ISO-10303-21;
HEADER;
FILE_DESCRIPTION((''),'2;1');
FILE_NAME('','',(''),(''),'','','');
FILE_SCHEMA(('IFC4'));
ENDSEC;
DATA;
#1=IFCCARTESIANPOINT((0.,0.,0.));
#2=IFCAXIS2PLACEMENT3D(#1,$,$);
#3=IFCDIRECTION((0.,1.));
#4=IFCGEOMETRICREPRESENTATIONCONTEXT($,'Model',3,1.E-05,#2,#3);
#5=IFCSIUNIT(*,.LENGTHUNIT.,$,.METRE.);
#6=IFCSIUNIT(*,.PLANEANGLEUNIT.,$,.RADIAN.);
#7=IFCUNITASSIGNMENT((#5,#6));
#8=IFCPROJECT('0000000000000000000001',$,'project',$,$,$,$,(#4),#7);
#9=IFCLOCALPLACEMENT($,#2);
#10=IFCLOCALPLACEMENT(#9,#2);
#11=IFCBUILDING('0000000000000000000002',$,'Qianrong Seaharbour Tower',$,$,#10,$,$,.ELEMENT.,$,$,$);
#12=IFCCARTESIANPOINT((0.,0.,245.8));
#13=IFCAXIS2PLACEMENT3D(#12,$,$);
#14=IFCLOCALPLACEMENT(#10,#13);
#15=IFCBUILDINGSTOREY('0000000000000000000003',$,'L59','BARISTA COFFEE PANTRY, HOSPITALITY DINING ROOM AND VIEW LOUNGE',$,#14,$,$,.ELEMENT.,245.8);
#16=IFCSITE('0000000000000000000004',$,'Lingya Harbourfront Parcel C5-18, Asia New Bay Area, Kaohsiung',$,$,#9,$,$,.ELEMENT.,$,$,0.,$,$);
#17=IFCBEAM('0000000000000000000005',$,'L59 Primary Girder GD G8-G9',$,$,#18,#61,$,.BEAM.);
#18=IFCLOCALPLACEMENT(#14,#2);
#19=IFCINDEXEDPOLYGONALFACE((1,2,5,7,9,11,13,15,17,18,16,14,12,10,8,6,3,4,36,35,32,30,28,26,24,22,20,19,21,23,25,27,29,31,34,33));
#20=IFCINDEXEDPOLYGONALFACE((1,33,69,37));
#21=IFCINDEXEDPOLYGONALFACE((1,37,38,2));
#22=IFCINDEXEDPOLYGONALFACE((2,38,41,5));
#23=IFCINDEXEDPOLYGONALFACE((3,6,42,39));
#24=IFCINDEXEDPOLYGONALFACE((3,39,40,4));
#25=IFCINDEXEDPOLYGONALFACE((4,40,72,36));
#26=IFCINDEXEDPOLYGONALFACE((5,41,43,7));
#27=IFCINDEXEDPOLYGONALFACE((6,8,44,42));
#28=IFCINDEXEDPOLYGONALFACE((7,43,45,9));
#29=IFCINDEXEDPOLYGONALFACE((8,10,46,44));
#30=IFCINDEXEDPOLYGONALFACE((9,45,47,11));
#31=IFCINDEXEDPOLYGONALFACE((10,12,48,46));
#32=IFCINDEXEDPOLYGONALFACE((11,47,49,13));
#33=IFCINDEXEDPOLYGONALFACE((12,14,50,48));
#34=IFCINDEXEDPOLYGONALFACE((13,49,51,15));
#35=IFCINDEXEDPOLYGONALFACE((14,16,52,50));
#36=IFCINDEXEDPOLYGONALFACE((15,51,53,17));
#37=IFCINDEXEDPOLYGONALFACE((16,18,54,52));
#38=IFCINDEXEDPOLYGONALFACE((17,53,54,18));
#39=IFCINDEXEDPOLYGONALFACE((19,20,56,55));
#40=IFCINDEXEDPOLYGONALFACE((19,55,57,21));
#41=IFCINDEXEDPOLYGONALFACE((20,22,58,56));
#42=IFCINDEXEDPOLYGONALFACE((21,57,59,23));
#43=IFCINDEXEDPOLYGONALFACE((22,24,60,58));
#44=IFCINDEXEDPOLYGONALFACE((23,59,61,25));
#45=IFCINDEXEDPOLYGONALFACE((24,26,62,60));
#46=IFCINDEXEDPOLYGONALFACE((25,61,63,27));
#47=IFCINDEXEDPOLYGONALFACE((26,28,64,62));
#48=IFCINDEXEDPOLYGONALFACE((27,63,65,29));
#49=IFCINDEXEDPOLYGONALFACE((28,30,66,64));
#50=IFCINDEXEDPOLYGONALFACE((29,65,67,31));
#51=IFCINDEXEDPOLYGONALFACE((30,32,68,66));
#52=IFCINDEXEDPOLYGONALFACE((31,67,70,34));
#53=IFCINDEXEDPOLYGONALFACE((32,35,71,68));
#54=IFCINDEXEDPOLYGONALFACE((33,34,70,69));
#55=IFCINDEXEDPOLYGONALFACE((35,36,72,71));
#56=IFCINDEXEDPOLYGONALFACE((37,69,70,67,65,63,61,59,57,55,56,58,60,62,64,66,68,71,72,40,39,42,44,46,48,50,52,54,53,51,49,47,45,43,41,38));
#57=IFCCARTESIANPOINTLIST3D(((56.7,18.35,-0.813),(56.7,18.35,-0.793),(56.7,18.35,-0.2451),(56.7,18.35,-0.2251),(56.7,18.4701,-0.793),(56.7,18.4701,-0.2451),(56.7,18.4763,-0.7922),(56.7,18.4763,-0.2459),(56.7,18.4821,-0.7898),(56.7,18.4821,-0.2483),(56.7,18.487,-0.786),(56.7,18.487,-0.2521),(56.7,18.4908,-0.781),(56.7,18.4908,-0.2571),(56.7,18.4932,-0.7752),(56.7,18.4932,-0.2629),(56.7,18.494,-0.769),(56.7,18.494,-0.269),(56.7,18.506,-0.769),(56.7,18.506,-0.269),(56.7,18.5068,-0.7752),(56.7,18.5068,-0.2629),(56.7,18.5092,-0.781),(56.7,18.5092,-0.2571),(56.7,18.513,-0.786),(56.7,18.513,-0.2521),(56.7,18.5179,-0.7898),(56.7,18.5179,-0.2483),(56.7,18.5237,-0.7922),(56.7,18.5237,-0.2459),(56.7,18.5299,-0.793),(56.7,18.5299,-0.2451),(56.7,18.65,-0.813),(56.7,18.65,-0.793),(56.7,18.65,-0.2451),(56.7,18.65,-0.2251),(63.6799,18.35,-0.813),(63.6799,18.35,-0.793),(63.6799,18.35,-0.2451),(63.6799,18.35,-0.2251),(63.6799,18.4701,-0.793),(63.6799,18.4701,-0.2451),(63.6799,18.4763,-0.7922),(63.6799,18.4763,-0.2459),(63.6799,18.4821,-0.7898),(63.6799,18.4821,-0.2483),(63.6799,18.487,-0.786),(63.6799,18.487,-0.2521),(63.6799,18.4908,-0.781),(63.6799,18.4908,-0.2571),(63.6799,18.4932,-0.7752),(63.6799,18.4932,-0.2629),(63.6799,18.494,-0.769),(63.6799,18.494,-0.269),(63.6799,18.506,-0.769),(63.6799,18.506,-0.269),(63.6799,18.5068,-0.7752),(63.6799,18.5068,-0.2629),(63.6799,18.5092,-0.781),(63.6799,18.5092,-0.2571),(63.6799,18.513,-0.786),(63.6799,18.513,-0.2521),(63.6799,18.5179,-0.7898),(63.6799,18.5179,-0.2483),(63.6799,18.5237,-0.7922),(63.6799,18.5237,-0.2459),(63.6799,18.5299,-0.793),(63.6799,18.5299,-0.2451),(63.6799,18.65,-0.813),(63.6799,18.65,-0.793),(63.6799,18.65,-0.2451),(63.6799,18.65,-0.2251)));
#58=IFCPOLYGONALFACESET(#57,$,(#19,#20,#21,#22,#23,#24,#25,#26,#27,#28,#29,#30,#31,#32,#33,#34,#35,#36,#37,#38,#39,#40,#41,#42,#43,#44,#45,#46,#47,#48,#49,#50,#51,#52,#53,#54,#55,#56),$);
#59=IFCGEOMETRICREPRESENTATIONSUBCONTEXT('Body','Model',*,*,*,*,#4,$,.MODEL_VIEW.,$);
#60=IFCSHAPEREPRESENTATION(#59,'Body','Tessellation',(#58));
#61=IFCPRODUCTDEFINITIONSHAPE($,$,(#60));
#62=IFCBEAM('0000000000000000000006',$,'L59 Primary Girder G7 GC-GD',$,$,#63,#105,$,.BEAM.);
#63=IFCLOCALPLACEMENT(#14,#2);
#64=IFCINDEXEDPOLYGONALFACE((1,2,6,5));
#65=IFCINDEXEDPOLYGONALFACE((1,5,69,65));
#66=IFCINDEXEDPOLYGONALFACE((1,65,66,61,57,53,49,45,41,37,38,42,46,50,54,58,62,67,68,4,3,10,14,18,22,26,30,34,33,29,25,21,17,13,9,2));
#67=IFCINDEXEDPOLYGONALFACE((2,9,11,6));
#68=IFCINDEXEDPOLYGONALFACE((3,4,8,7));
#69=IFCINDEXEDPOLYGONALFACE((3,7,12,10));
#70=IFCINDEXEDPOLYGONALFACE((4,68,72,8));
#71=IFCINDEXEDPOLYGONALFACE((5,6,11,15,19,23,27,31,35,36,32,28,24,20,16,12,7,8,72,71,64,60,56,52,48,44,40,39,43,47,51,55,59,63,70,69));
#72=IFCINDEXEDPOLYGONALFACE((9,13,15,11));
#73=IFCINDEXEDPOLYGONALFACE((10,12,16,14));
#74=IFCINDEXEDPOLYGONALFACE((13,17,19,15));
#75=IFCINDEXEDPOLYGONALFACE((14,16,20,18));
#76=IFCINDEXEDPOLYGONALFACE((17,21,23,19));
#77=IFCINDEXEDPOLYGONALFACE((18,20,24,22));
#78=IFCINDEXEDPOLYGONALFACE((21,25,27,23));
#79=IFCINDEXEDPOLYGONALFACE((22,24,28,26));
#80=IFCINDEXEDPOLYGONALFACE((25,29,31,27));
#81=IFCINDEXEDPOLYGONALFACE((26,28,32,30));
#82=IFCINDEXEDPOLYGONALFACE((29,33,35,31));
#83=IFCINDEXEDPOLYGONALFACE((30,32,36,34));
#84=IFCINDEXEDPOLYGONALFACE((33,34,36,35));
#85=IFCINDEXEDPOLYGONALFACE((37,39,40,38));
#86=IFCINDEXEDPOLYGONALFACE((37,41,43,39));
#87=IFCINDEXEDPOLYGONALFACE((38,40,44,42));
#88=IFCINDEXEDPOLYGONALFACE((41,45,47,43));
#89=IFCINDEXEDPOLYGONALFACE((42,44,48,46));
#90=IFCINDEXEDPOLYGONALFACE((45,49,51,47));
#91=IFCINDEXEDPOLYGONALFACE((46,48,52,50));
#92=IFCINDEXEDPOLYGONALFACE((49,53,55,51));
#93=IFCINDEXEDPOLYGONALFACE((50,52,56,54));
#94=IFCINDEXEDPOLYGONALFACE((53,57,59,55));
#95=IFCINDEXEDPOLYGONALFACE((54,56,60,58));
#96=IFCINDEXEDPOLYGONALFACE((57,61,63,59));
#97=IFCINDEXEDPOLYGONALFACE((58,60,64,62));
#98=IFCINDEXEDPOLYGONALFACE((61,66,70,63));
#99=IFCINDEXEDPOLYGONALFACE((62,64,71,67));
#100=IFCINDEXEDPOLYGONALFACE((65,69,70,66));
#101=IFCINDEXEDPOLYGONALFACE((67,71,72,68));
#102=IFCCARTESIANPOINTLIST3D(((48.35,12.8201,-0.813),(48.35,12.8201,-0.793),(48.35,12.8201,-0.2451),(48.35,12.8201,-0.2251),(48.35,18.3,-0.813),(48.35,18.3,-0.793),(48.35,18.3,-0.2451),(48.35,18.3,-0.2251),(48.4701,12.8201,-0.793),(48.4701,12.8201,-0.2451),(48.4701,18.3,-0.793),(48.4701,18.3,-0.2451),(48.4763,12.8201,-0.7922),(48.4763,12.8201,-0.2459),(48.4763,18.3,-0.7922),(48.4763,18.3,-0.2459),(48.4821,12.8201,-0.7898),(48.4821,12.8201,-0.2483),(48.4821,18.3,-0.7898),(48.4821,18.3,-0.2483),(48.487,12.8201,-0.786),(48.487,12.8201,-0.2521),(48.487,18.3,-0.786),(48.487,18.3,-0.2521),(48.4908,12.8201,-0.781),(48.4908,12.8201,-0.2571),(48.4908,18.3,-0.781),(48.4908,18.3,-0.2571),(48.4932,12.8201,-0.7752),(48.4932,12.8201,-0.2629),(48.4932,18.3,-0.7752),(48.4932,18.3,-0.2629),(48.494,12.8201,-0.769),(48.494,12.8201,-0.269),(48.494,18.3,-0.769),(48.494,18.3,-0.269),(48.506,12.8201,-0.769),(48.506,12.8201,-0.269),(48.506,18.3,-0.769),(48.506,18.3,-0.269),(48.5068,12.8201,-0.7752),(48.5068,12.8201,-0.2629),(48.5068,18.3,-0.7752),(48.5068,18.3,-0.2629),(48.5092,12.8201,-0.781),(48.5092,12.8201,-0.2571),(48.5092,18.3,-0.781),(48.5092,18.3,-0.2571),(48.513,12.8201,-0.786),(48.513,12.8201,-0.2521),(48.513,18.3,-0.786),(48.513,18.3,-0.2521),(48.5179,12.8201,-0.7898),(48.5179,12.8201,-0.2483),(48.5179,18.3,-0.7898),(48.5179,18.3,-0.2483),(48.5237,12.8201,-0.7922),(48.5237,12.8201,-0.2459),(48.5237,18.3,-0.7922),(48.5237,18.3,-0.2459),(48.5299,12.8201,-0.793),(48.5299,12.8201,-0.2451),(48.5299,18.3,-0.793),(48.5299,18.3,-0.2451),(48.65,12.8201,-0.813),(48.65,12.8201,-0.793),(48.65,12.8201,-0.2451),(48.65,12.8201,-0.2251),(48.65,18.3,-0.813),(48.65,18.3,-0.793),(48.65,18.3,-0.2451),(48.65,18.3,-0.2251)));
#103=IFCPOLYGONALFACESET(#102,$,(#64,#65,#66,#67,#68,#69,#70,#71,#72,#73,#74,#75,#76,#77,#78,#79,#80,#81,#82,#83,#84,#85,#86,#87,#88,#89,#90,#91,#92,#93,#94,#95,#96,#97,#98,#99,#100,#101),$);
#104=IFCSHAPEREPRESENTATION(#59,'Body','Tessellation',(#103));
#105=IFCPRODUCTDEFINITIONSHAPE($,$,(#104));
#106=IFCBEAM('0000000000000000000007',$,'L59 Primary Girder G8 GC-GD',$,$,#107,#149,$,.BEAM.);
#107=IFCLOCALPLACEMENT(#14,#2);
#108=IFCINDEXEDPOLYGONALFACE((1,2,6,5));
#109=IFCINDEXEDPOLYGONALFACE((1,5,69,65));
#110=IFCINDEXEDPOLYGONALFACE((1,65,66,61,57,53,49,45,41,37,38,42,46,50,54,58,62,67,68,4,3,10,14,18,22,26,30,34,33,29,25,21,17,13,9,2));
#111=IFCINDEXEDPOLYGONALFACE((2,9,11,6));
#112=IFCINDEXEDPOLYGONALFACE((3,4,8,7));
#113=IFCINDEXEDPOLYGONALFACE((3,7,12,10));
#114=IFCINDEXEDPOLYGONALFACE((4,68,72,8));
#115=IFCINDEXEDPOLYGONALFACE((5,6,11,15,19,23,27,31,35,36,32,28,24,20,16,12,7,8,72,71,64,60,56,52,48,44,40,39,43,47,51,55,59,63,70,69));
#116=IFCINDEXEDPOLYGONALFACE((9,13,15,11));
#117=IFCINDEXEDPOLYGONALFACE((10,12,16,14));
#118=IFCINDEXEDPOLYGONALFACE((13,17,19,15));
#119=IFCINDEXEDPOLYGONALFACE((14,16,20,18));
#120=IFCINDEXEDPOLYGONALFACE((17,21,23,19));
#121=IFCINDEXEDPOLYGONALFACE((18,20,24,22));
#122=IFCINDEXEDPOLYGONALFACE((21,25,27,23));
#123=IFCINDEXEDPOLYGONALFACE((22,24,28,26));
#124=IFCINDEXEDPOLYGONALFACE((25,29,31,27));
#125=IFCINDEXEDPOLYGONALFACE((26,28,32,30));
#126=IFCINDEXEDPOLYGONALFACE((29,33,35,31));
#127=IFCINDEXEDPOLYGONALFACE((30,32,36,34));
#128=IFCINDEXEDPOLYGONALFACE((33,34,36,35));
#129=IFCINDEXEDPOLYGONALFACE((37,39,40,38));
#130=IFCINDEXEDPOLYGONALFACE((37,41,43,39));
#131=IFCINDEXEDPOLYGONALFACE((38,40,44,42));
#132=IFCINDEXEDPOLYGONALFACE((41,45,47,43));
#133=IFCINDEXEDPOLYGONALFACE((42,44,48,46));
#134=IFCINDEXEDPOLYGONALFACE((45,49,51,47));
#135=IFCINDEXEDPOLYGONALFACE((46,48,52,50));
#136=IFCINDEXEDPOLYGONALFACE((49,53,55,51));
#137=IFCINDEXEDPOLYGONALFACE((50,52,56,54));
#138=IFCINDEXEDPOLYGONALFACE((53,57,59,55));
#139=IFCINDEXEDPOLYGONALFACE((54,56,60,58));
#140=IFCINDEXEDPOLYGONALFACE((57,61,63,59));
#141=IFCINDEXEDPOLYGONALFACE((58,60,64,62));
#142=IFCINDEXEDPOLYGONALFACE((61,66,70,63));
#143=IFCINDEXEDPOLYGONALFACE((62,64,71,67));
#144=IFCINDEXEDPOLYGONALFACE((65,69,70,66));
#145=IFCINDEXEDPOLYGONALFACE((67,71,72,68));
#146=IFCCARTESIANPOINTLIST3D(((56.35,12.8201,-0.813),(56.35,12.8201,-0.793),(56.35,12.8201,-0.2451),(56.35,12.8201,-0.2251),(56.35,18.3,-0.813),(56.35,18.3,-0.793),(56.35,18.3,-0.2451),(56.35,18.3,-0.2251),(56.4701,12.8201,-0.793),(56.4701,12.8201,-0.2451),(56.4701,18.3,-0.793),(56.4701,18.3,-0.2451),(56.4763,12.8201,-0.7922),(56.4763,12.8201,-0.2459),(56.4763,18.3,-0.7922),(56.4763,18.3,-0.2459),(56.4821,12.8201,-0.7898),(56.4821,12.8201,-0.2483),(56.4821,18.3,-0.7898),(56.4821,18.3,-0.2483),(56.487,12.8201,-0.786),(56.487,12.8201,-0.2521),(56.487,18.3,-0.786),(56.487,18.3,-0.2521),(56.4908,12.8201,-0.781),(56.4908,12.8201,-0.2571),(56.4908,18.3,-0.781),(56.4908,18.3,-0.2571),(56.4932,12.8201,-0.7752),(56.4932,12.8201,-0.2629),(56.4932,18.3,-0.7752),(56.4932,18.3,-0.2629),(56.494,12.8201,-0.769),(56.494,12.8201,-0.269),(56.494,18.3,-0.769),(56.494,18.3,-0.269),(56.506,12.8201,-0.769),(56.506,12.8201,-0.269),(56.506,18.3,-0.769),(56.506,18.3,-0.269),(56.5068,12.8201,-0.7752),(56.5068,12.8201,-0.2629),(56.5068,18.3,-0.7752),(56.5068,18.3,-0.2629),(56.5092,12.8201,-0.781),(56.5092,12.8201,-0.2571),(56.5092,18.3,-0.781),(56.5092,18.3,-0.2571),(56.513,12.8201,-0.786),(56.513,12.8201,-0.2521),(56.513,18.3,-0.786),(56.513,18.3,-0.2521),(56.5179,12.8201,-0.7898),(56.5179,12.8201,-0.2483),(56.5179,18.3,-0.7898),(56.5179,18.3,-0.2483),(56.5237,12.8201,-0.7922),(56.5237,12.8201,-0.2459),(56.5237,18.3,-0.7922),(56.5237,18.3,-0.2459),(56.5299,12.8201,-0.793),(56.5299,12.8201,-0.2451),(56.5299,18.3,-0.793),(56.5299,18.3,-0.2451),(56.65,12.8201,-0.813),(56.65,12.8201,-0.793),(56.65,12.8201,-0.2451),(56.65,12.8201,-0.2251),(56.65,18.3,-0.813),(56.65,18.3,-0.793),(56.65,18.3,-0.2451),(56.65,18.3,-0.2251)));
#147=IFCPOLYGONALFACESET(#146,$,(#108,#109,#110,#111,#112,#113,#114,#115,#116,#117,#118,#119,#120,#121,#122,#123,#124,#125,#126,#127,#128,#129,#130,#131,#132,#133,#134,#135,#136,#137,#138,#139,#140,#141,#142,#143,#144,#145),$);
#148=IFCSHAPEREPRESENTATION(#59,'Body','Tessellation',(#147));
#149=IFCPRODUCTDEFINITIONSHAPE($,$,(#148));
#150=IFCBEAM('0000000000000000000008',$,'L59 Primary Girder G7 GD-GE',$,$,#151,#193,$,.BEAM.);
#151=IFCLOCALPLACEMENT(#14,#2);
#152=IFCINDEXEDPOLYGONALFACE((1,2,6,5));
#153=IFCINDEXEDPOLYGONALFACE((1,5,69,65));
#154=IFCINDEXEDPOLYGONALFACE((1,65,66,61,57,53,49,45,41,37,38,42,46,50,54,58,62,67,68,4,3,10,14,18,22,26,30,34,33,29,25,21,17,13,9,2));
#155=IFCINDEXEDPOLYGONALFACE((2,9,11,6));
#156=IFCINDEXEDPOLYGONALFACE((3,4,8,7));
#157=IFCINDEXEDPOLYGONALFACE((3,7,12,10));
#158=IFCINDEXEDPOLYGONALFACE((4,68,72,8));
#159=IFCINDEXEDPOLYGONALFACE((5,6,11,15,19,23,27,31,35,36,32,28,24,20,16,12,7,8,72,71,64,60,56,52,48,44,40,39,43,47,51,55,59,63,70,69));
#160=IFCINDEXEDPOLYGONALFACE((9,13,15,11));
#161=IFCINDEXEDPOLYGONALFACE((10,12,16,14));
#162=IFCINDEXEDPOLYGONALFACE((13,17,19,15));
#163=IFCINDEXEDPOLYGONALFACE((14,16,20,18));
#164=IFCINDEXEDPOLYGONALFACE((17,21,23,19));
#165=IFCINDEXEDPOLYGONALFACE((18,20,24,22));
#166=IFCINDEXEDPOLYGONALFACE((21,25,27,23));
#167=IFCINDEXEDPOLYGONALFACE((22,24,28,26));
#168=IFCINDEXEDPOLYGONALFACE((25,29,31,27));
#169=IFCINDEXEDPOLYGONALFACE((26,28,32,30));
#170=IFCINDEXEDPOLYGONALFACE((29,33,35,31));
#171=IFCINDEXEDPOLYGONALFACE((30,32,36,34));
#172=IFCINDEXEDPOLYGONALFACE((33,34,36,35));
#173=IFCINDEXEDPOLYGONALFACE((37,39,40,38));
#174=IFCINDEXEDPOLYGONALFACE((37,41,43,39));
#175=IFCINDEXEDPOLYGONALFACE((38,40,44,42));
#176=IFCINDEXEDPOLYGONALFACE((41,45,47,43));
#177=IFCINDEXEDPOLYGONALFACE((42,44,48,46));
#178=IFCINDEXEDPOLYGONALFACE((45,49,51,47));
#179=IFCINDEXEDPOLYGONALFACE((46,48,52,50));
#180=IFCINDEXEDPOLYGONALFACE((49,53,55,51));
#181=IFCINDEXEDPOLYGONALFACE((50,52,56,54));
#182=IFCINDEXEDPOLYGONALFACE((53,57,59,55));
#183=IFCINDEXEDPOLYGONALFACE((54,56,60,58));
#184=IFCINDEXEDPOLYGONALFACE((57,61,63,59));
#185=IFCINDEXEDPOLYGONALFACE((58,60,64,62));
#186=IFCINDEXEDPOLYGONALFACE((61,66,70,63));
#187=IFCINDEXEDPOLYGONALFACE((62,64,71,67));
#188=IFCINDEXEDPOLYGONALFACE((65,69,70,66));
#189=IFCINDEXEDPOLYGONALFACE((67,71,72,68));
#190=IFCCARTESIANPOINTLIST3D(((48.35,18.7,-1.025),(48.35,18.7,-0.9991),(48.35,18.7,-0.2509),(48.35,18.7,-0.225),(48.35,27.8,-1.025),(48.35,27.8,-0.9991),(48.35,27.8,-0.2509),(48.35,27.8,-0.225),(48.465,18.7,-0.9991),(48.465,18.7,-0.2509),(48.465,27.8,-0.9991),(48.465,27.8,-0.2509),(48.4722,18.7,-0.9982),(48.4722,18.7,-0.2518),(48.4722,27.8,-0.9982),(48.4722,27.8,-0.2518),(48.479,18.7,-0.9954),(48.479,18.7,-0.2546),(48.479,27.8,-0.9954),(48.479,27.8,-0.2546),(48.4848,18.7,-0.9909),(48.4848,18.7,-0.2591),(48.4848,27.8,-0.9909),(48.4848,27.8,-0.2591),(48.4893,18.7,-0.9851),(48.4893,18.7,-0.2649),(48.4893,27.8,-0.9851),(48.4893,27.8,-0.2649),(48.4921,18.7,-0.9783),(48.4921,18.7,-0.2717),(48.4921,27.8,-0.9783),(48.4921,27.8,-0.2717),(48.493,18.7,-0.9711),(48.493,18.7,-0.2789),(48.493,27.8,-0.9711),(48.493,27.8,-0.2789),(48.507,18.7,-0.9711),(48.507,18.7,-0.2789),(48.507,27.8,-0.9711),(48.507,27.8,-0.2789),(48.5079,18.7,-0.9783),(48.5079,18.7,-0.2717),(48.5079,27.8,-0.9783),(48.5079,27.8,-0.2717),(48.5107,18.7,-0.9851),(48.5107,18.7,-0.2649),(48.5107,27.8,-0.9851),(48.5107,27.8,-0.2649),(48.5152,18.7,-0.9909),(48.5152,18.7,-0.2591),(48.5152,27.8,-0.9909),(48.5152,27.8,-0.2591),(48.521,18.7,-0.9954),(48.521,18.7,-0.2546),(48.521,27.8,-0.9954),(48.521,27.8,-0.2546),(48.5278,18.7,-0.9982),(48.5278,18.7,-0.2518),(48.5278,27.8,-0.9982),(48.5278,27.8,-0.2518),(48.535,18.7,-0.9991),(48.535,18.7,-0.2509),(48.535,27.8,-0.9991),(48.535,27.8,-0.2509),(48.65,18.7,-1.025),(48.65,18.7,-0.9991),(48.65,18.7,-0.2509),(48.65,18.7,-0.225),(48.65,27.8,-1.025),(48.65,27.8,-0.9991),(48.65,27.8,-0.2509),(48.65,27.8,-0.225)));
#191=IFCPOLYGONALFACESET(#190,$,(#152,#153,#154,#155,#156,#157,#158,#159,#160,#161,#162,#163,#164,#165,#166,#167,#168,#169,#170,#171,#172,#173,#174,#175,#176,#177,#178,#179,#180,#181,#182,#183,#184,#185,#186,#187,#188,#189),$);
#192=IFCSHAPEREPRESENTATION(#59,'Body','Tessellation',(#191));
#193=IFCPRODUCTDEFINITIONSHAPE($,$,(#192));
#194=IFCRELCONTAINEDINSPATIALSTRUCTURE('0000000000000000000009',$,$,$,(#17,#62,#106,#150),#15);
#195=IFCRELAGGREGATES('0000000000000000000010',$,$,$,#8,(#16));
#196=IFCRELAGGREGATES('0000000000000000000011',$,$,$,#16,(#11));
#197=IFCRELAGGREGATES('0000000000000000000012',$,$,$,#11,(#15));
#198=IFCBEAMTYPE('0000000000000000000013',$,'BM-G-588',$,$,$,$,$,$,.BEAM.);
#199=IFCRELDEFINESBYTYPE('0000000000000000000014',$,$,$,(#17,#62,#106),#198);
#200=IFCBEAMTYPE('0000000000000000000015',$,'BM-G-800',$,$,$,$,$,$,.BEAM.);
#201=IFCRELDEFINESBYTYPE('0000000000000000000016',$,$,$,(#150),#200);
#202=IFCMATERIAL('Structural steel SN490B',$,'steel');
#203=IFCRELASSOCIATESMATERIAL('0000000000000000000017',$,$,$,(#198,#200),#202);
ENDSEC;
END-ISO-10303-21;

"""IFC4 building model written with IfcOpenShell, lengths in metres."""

from ifc_helpers import new_model, si_unit, direction, frame, origin, origin_2d, place, context, subcontext, project, spatial, i_section, extrude, material, material_profile, profile_set, type_object, element, save


model = new_model("IFC4")

# Units and contexts
model_context = context("Model", 3, precision=1e-05, world=origin(), true_north=direction((0.0, 1.0)))
body_context = subcontext(model_context, "Body", "Model", "MODEL_VIEW")
ifc_project = project(units=[si_unit("LENGTHUNIT", "METRE"), si_unit("PLANEANGLEUNIT", "RADIAN")], contexts=[model_context])

# Site, building, storey
site_placement = place(None, origin())
site = spatial("IfcSite", under=ifc_project, at=site_placement, Name="Lingya Harbourfront Parcel C5-18, Asia New Bay Area, Kaohsiung", CompositionType="ELEMENT", RefElevation=0.0)
building_placement = place(site_placement, origin())
building = spatial("IfcBuilding", under=site, at=building_placement, Name="Qianrong Seaharbour Tower", CompositionType="ELEMENT")
storey_placement = place(building_placement, frame((0.0, 0.0, 245.8)))
storey = spatial("IfcBuildingStorey", under=building, at=storey_placement, Name="L59", Description="BARISTA COFFEE PANTRY, HOSPITALITY DINING ROOM AND VIEW LOUNGE", CompositionType="ELEMENT", Elevation=245.8)

# Shared definitions
ifc_material_1 = material(Name="Structural steel SN490B", Category="steel")

# Beams
ifc_material_profile_1 = material_profile(ifc_material_1, i_section(OverallWidth=0.3, OverallDepth=0.5879, WebThickness=0.012, FlangeThickness=0.02, FilletRadius=0.0239, at=origin_2d()), Name="H588x300x12x20")
ifc_profile_set_1 = profile_set([ifc_material_profile_1], Name="Structural steel SN490B")
beam_type_1 = type_object("IfcBeamType", Name="BM-G-588", PredefinedType="BEAM", material=ifc_profile_set_1)
beam_1_placement = place(storey_placement, frame((56.7, 18.5, -0.519), z_axis=(1.0, 0.0, 0.0), x_axis=(0.0, 1.0, 0.0)))
element("IfcBeam", 1, at=beam_1_placement, inside=storey, type_object=beam_type_1, Name="L59 Primary Girder GD G8-G9", PredefinedType="BEAM", context=body_context, shape_type="SweptSolid", body=[
    extrude(i_section(OverallWidth=0.3, OverallDepth=0.5879, WebThickness=0.012, FlangeThickness=0.02, FilletRadius=0.0239, at=origin_2d()), origin(), (0.0, 0.0, 1.0), 6.98),
])
for number, where, z_axis, x_axis, name in (
    (2, (48.5, 12.8201, -0.519), (0.0, 1.0, 0.0), (-1.0, 0.0, 0.0), "L59 Primary Girder G7 GC-GD"),
    (3, (56.5, 12.8201, -0.519), (0.0, 1.0, 0.0), (-1.0, 0.0, 0.0), "L59 Primary Girder G8 GC-GD"),
):
    element("IfcBeam", number, at=place(storey_placement, frame(where, z_axis=z_axis, x_axis=x_axis)), inside=storey, type_object=beam_type_1, Name=name, PredefinedType="BEAM", context=body_context, shape_type="SweptSolid", body=[
        extrude(i_section(OverallWidth=0.3, OverallDepth=0.5879, WebThickness=0.012, FlangeThickness=0.02, FilletRadius=0.0239, at=origin_2d()), origin(), (0.0, 0.0, 1.0), 5.48),
    ])
ifc_material_profile_2 = material_profile(ifc_material_1, i_section(OverallWidth=0.3, OverallDepth=0.8, WebThickness=0.0139, FlangeThickness=0.0259, FilletRadius=0.0281, at=origin_2d()), Name="H800x300x14x26")
ifc_profile_set_2 = profile_set([ifc_material_profile_2], Name="Structural steel SN490B")
beam_type_2 = type_object("IfcBeamType", Name="BM-G-800", PredefinedType="BEAM", material=ifc_profile_set_2)
for number, where, z_axis, x_axis, name in (
    (4, (48.5, 18.7, -0.625), (0.0, 1.0, 0.0), (-1.0, 0.0, 0.0), "L59 Primary Girder G7 GD-GE"),
):
    element("IfcBeam", number, at=place(storey_placement, frame(where, z_axis=z_axis, x_axis=x_axis)), inside=storey, type_object=beam_type_2, Name=name, PredefinedType="BEAM", context=body_context, shape_type="SweptSolid", body=[
        extrude(i_section(OverallWidth=0.3, OverallDepth=0.8, WebThickness=0.0139, FlangeThickness=0.0259, FilletRadius=0.0281, at=origin_2d()), origin(), (0.0, 0.0, 1.0), 9.1001),
    ])

save(model, "model.ifc")
